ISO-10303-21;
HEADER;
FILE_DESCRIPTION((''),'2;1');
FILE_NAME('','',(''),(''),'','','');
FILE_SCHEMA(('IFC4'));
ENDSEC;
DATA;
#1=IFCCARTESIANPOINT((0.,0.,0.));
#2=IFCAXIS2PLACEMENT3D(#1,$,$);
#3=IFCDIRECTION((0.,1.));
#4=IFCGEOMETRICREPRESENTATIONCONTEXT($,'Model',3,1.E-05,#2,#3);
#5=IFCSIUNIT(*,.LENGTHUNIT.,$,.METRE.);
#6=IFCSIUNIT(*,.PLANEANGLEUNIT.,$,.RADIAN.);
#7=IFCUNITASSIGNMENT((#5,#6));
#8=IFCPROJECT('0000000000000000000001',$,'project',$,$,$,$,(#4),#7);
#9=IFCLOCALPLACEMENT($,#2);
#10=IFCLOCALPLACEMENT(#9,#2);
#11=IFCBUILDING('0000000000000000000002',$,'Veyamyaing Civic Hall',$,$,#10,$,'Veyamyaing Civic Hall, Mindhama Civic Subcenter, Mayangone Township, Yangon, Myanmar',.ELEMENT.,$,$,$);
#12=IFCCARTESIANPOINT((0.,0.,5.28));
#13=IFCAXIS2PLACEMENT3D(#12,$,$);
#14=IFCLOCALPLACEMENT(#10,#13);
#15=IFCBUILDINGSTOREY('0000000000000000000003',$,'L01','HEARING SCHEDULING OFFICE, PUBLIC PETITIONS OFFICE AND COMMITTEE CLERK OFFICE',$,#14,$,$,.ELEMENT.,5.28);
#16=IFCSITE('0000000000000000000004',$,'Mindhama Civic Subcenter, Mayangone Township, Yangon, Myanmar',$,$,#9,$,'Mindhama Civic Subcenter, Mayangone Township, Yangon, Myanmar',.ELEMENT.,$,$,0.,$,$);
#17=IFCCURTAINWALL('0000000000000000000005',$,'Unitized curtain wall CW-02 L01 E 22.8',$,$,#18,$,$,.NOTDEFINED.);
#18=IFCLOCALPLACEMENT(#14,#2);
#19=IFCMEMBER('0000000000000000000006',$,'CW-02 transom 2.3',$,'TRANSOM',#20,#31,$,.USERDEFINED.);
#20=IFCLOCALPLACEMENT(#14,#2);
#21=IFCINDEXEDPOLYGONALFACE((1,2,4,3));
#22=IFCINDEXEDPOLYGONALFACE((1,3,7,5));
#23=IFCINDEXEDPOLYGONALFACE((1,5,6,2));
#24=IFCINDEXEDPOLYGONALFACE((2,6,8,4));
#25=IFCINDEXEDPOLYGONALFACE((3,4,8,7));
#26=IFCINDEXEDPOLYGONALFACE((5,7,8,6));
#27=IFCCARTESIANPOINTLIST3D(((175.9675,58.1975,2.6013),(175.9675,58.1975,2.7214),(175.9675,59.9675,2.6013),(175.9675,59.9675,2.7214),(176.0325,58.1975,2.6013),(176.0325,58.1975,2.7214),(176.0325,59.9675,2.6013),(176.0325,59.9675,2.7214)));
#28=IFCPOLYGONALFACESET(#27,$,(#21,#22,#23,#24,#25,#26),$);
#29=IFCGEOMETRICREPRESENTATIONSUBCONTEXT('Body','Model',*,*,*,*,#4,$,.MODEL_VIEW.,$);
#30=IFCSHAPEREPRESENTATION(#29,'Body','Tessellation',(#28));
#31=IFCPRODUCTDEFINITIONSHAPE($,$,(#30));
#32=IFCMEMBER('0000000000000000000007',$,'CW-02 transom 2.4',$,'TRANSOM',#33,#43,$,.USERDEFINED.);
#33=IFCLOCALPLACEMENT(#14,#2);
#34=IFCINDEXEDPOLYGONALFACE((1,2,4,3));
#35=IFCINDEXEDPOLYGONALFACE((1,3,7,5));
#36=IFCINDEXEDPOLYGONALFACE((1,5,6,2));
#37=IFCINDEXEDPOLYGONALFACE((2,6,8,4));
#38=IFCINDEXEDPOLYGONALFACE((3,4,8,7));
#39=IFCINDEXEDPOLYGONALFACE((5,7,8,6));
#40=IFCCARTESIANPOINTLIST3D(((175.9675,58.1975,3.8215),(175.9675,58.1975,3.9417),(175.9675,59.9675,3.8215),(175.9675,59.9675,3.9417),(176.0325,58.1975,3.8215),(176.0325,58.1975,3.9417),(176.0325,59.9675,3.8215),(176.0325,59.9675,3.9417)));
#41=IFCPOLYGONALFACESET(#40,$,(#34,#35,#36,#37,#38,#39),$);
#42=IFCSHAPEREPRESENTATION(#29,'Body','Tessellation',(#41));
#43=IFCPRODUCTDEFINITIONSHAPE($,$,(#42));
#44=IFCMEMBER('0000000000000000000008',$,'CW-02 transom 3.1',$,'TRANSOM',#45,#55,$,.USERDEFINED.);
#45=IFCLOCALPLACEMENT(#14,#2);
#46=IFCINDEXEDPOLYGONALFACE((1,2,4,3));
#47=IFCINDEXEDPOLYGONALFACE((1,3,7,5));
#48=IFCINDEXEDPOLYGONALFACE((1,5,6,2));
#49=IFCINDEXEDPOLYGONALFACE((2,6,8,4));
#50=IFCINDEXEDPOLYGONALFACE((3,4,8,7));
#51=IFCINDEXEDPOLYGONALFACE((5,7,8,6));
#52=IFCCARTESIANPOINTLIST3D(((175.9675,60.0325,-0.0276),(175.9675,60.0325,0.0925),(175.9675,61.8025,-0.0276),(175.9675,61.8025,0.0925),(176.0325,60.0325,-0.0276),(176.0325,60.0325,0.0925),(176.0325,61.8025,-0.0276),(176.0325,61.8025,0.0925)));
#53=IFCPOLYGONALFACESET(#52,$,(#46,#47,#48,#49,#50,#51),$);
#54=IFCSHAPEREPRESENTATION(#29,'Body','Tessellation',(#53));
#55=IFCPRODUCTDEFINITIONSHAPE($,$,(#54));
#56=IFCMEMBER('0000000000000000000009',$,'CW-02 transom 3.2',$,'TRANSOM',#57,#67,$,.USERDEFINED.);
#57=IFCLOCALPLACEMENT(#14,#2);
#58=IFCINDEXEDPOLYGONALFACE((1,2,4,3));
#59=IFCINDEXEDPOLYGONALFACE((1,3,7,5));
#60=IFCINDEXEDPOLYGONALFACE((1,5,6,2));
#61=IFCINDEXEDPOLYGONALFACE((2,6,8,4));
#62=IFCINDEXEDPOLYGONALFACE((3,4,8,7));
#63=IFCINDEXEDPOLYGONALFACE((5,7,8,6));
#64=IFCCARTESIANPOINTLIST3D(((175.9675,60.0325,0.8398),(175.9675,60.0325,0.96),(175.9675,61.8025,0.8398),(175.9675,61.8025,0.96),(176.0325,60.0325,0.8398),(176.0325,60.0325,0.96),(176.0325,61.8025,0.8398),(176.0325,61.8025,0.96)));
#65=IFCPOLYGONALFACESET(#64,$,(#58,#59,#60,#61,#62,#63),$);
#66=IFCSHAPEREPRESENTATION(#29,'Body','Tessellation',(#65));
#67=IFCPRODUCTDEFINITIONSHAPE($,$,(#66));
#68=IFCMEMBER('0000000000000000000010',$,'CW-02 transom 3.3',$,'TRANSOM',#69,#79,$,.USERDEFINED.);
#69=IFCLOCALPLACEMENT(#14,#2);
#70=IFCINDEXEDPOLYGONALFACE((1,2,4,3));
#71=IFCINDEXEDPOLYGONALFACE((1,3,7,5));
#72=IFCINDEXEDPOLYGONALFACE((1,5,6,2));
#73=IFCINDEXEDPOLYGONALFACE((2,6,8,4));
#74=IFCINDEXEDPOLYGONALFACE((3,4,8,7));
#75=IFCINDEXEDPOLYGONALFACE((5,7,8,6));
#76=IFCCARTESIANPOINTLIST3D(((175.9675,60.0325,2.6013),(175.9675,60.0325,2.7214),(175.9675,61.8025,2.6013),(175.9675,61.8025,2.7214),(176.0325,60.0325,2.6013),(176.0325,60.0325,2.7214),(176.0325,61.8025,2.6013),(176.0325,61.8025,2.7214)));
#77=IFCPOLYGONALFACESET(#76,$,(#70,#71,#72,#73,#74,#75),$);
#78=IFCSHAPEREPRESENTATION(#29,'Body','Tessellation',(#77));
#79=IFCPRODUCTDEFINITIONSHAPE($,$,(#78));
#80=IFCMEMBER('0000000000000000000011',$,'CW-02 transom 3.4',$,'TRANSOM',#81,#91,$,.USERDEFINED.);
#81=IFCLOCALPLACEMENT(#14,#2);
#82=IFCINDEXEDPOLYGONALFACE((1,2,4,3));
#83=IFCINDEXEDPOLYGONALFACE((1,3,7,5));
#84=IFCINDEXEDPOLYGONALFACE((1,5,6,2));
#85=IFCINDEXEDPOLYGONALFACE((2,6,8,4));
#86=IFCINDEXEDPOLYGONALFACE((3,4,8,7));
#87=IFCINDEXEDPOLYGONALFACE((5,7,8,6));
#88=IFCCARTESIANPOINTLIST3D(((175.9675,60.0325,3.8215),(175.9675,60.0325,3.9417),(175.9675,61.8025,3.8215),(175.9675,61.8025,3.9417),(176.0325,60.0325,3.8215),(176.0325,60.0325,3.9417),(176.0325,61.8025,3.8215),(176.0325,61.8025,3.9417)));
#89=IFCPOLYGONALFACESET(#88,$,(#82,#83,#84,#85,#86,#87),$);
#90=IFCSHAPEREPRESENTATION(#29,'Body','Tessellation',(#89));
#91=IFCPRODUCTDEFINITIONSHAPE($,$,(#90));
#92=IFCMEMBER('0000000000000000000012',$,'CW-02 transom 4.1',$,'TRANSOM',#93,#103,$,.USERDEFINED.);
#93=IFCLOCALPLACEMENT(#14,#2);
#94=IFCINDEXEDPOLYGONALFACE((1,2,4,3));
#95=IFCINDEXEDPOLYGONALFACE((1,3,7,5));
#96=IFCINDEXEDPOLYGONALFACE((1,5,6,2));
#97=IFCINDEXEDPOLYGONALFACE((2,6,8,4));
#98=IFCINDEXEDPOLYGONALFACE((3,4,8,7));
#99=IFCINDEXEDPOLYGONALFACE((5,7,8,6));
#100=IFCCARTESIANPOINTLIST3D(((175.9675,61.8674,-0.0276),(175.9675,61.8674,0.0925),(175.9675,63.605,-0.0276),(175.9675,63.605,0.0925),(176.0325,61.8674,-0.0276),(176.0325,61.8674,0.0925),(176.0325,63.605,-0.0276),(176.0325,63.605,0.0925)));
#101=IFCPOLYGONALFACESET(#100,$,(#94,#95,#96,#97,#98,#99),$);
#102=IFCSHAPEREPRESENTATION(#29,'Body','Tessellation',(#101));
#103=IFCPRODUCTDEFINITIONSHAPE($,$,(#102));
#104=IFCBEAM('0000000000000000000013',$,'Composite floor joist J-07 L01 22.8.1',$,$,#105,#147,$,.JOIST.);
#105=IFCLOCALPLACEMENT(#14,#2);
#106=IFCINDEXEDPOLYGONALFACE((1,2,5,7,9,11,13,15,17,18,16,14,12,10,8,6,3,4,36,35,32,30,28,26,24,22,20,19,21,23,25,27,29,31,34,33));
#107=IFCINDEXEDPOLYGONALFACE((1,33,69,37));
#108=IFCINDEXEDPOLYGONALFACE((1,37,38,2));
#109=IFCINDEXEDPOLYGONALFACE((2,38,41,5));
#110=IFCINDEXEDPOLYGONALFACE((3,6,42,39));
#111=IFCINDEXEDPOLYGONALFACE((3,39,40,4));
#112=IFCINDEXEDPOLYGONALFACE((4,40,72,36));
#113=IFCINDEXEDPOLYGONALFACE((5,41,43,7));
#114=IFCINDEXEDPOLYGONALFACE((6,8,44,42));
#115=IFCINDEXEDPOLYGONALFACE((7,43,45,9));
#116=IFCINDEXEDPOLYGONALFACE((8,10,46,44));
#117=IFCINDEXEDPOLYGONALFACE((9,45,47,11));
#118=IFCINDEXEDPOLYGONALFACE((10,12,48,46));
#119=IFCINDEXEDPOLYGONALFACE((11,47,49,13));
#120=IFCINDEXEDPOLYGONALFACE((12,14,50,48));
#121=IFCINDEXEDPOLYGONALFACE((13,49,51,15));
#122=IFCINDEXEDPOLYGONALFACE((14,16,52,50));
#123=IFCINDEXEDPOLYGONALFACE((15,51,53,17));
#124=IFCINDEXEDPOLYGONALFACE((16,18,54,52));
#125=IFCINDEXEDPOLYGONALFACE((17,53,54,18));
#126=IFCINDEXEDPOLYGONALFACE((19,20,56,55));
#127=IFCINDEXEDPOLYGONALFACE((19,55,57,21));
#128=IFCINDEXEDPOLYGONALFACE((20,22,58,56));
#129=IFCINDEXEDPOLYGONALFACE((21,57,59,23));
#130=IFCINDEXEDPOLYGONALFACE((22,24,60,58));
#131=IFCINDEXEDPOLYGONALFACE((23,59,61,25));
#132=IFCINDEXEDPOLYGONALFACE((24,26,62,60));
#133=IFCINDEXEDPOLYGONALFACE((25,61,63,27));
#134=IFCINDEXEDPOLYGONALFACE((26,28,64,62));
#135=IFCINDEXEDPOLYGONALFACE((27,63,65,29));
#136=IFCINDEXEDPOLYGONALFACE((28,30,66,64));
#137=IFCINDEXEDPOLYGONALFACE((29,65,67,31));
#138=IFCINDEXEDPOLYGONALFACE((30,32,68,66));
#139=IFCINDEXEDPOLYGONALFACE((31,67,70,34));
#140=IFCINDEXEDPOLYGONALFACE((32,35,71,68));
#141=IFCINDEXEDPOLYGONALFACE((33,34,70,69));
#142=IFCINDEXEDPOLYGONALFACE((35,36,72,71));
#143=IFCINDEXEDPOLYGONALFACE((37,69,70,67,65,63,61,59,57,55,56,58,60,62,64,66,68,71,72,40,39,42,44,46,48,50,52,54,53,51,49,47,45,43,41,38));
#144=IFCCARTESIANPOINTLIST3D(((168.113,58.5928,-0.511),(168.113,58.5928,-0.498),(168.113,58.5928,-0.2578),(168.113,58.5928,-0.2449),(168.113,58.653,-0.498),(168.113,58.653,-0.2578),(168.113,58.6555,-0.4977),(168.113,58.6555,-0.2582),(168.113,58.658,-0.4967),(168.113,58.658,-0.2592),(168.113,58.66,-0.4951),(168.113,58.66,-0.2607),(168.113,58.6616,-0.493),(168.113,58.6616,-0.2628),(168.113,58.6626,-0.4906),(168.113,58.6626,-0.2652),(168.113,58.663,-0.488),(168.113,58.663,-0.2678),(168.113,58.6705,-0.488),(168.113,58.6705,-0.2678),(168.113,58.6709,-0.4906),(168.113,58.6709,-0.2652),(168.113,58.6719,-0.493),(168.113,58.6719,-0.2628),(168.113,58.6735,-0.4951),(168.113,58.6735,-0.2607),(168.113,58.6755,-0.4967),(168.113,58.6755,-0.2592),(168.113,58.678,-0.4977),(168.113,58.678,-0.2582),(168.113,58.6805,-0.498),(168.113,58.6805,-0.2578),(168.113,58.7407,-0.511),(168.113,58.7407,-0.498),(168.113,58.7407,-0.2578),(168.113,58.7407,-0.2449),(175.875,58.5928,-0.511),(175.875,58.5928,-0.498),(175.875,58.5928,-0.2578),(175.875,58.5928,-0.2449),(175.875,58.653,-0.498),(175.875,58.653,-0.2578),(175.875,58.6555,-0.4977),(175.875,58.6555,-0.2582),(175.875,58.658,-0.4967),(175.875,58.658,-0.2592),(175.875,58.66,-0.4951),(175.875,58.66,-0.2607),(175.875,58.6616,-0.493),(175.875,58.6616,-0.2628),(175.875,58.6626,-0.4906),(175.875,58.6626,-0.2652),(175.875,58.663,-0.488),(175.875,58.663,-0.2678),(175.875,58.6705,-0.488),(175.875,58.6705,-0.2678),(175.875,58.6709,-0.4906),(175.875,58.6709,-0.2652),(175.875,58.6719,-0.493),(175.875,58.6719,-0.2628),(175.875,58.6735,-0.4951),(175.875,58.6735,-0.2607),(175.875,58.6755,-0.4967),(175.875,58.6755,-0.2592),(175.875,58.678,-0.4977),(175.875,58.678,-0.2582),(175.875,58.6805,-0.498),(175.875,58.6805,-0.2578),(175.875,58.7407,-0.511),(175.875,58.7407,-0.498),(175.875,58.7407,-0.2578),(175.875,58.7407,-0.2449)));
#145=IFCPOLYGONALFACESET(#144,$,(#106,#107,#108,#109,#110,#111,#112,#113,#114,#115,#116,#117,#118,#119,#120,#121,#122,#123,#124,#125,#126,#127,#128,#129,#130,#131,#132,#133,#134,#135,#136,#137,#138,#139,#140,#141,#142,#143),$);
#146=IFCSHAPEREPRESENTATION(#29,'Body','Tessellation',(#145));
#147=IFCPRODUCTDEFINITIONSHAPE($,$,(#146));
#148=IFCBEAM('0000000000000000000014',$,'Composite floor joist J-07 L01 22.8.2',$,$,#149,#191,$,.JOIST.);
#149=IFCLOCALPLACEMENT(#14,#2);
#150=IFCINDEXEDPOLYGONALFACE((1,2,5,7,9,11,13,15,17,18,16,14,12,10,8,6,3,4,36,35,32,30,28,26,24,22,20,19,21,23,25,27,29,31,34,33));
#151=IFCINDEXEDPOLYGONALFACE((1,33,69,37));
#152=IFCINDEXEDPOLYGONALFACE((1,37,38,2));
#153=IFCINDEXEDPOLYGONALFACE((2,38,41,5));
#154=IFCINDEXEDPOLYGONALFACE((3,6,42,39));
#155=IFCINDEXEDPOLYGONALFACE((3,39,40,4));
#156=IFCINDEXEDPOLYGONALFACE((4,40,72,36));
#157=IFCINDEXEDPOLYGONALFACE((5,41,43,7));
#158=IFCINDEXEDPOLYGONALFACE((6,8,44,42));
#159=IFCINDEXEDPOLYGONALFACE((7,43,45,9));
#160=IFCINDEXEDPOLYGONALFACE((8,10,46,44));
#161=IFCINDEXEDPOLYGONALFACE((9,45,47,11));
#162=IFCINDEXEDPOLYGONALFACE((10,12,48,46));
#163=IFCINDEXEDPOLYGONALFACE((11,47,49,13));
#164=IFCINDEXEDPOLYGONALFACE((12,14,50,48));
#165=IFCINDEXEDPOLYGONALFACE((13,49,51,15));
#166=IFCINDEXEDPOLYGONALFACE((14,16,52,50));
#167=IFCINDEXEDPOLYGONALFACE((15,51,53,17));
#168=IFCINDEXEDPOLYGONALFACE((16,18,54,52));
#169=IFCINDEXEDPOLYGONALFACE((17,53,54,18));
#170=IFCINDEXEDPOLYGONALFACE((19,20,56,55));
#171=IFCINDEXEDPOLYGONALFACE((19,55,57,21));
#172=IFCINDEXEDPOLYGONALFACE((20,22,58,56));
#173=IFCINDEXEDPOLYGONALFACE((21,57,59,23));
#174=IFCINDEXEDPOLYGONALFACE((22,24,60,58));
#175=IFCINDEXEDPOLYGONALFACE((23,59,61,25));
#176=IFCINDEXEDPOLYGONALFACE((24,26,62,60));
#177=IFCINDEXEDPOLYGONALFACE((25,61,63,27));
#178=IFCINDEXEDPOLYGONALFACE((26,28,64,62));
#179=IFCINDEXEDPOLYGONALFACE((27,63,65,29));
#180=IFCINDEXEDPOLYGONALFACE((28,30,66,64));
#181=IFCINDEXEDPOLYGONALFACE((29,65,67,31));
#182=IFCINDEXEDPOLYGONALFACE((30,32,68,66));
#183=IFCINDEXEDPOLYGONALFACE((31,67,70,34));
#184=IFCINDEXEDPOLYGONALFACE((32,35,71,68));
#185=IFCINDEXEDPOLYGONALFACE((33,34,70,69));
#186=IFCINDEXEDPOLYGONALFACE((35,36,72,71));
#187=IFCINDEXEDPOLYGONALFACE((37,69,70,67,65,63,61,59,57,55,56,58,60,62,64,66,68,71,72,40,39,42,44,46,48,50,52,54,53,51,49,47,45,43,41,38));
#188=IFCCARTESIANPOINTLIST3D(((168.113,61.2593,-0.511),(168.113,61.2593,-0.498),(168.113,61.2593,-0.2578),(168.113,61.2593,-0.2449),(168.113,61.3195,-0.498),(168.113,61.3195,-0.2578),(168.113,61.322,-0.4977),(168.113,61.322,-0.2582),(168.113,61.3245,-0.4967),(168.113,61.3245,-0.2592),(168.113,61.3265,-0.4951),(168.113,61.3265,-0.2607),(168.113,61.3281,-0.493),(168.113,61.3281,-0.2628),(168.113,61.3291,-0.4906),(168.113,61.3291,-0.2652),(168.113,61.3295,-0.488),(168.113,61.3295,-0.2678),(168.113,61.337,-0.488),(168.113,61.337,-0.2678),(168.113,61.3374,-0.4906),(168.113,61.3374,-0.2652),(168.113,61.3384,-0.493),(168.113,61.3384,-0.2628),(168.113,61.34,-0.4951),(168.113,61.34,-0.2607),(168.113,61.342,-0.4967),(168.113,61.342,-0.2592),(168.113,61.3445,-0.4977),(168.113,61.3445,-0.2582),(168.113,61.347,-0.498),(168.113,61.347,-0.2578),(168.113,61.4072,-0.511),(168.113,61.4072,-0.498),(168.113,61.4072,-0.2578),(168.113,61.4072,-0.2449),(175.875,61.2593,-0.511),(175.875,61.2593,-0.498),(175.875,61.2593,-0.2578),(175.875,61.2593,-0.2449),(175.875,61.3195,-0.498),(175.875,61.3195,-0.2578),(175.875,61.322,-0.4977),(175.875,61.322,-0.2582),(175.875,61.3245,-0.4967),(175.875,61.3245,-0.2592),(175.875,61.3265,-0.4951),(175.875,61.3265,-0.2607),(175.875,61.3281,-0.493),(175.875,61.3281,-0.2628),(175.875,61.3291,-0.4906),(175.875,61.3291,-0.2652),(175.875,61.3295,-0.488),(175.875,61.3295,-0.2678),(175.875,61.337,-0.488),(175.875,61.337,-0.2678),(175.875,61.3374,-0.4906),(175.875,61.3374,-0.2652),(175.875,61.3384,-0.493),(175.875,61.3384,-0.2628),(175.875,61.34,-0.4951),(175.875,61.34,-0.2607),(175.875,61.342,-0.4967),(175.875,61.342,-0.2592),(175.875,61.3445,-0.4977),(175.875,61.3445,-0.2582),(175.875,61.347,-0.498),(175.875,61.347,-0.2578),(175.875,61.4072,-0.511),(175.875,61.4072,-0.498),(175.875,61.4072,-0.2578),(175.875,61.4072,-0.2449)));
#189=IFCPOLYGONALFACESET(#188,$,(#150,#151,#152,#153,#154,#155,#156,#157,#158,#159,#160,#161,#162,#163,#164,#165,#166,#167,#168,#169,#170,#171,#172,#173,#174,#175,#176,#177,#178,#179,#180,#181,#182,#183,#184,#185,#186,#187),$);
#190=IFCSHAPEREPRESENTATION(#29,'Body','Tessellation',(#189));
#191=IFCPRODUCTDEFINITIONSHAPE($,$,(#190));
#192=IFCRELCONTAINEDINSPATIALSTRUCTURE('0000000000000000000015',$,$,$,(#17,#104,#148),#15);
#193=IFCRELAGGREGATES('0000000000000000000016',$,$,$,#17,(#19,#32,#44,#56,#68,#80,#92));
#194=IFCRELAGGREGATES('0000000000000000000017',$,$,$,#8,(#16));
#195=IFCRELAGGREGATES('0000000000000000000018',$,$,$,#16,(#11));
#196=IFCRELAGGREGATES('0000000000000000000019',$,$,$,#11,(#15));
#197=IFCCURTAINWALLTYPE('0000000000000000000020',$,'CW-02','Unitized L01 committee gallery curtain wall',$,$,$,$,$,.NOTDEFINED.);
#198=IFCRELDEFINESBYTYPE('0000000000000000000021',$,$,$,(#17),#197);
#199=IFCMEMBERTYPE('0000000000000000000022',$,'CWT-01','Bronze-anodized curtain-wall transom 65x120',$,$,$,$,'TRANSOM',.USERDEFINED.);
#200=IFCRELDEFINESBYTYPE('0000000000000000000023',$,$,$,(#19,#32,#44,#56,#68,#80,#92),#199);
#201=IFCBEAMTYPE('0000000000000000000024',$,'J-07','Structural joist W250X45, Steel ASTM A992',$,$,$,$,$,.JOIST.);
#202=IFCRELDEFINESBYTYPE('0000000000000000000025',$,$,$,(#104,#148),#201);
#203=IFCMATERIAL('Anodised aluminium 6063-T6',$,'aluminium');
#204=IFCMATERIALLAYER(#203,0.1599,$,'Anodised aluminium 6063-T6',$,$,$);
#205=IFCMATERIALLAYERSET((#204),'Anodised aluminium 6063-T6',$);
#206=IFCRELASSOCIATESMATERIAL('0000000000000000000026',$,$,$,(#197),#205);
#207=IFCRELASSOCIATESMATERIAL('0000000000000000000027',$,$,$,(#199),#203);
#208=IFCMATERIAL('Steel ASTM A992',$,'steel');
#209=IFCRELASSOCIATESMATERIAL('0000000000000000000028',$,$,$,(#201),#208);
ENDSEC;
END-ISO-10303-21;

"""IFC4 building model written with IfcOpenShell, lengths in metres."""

from ifc_helpers import new_model, si_unit, direction, frame, origin, origin_2d, place, context, subcontext, project, spatial, rectangle, i_section, extrude, material, layer, layer_set, material_profile, profile_set, type_object, element, aggregate, save


model = new_model("IFC4")

# Units and contexts
model_context = context("Model", 3, precision=1e-05, world=origin(), true_north=direction((0.0, 1.0)))
body_context = subcontext(model_context, "Body", "Model", "MODEL_VIEW")
ifc_project = project(units=[si_unit("LENGTHUNIT", "METRE"), si_unit("PLANEANGLEUNIT", "RADIAN")], contexts=[model_context])

# Site, building, storey
site_placement = place(None, origin())
site = spatial("IfcSite", under=ifc_project, at=site_placement, Name="Mindhama Civic Subcenter, Mayangone Township, Yangon, Myanmar", LongName="Mindhama Civic Subcenter, Mayangone Township, Yangon, Myanmar", CompositionType="ELEMENT", RefElevation=0.0)
building_placement = place(site_placement, origin())
building = spatial("IfcBuilding", under=site, at=building_placement, Name="Veyamyaing Civic Hall", LongName="Veyamyaing Civic Hall, Mindhama Civic Subcenter, Mayangone Township, Yangon, Myanmar", CompositionType="ELEMENT")
storey_placement = place(building_placement, frame((0.0, 0.0, 5.28)))
storey = spatial("IfcBuildingStorey", under=building, at=storey_placement, Name="L01", Description="HEARING SCHEDULING OFFICE, PUBLIC PETITIONS OFFICE AND COMMITTEE CLERK OFFICE", CompositionType="ELEMENT", Elevation=5.28)

# Curtain wall
ifc_material_1 = material(Name="Anodised aluminium 6063-T6", Category="aluminium")
ifc_layer_1 = layer(ifc_material_1, 0.1599, Name="Anodised aluminium 6063-T6")
ifc_layer_set_1 = layer_set([ifc_layer_1], Name="Anodised aluminium 6063-T6")
curtain_wall_type = type_object("IfcCurtainWallType", Name="CW-02", Description="Unitized L01 committee gallery curtain wall", PredefinedType="NOTDEFINED", material=ifc_layer_set_1)
curtain_wall_1_placement = place(storey_placement, origin())
curtain_wall_1 = element("IfcCurtainWall", 1, at=curtain_wall_1_placement, inside=storey, type_object=curtain_wall_type, Name="Unitized curtain wall CW-02 L01 E 22.8", PredefinedType="NOTDEFINED")

# Members
ifc_material_profile_1 = material_profile(ifc_material_1, rectangle(XDim=0.0649, YDim=0.1201, at=origin_2d()), Name="ALU-TRN-65X120")
ifc_profile_set_1 = profile_set([ifc_material_profile_1], Name="Anodised aluminium 6063-T6")
member_type_1 = type_object("IfcMemberType", Name="CWT-01", Description="Bronze-anodized curtain-wall transom 65x120", ElementType="TRANSOM", PredefinedType="USERDEFINED", material=ifc_profile_set_1)
member_1_placement = place(storey_placement, frame((176.0, 58.1975, 2.6614), z_axis=(0.0, 1.0, 0.0), x_axis=(-1.0, 0.0, 0.0)))
member_1 = element("IfcMember", 2, at=member_1_placement, type_object=member_type_1, Name="CW-02 transom 2.3", ObjectType="TRANSOM", PredefinedType="USERDEFINED", context=body_context, shape_type="SweptSolid", body=[
    extrude(rectangle(XDim=0.0649, YDim=0.1201, at=origin_2d()), origin(), (0.0, 0.0, 1.0), 1.77),
])
member_2_placement = place(storey_placement, frame((176.0, 58.1975, 3.8816), z_axis=(0.0, 1.0, 0.0), x_axis=(-1.0, 0.0, 0.0)))
member_2 = element("IfcMember", 3, at=member_2_placement, type_object=member_type_1, Name="CW-02 transom 2.4", ObjectType="TRANSOM", PredefinedType="USERDEFINED", context=body_context, shape_type="SweptSolid", body=[
    extrude(rectangle(XDim=0.0649, YDim=0.1201, at=origin_2d()), origin(), (0.0, 0.0, 1.0), 1.77),
])
member_3_placement = place(storey_placement, frame((176.0, 60.0325, 0.0325), z_axis=(0.0, 1.0, 0.0), x_axis=(-1.0, 0.0, 0.0)))
member_3 = element("IfcMember", 4, at=member_3_placement, type_object=member_type_1, Name="CW-02 transom 3.1", ObjectType="TRANSOM", PredefinedType="USERDEFINED", context=body_context, shape_type="SweptSolid", body=[
    extrude(rectangle(XDim=0.0649, YDim=0.1201, at=origin_2d()), origin(), (0.0, 0.0, 1.0), 1.77),
])
member_4_placement = place(storey_placement, frame((176.0, 60.0325, 0.8999), z_axis=(0.0, 1.0, 0.0), x_axis=(-1.0, 0.0, 0.0)))
member_4 = element("IfcMember", 5, at=member_4_placement, type_object=member_type_1, Name="CW-02 transom 3.2", ObjectType="TRANSOM", PredefinedType="USERDEFINED", context=body_context, shape_type="SweptSolid", body=[
    extrude(rectangle(XDim=0.0649, YDim=0.1201, at=origin_2d()), origin(), (0.0, 0.0, 1.0), 1.77),
])
member_5_placement = place(storey_placement, frame((176.0, 60.0325, 2.6614), z_axis=(0.0, 1.0, 0.0), x_axis=(-1.0, 0.0, 0.0)))
member_5 = element("IfcMember", 6, at=member_5_placement, type_object=member_type_1, Name="CW-02 transom 3.3", ObjectType="TRANSOM", PredefinedType="USERDEFINED", context=body_context, shape_type="SweptSolid", body=[
    extrude(rectangle(XDim=0.0649, YDim=0.1201, at=origin_2d()), origin(), (0.0, 0.0, 1.0), 1.77),
])
member_6_placement = place(storey_placement, frame((176.0, 60.0325, 3.8816), z_axis=(0.0, 1.0, 0.0), x_axis=(-1.0, 0.0, 0.0)))
member_6 = element("IfcMember", 7, at=member_6_placement, type_object=member_type_1, Name="CW-02 transom 3.4", ObjectType="TRANSOM", PredefinedType="USERDEFINED", context=body_context, shape_type="SweptSolid", body=[
    extrude(rectangle(XDim=0.0649, YDim=0.1201, at=origin_2d()), origin(), (0.0, 0.0, 1.0), 1.77),
])
member_7_placement = place(storey_placement, frame((176.0, 61.8674, 0.0325), z_axis=(0.0, 1.0, 0.0), x_axis=(-1.0, 0.0, 0.0)))
member_7 = element("IfcMember", 8, at=member_7_placement, type_object=member_type_1, Name="CW-02 transom 4.1", ObjectType="TRANSOM", PredefinedType="USERDEFINED", context=body_context, shape_type="SweptSolid", body=[
    extrude(rectangle(XDim=0.0649, YDim=0.1201, at=origin_2d()), origin(), (0.0, 0.0, 1.0), 1.7375),
])

# Beams
ifc_material_2 = material(Name="Steel ASTM A992", Category="steel")
ifc_material_profile_2 = material_profile(ifc_material_2, i_section(OverallWidth=0.1479, OverallDepth=0.2661, WebThickness=0.0076, FlangeThickness=0.0129, FilletRadius=0.01, at=origin_2d()), Name="W250X45")
ifc_profile_set_2 = profile_set([ifc_material_profile_2], Name="Steel ASTM A992")
beam_type = type_object("IfcBeamType", Name="J-07", Description="Structural joist W250X45, Steel ASTM A992", PredefinedType="JOIST", material=ifc_profile_set_2)
for number, where, z_axis, x_axis, name in (
    (9, (168.113, 58.6667, -0.3779), (1.0, 0.0, 0.0), (0.0, 1.0, 0.0), "Composite floor joist J-07 L01 22.8.1"),
    (10, (168.113, 61.3333, -0.3779), (1.0, 0.0, 0.0), (0.0, 1.0, 0.0), "Composite floor joist J-07 L01 22.8.2"),
):
    element("IfcBeam", number, at=place(storey_placement, frame(where, z_axis=z_axis, x_axis=x_axis)), inside=storey, type_object=beam_type, Name=name, PredefinedType="JOIST", context=body_context, shape_type="SweptSolid", body=[
        extrude(i_section(OverallWidth=0.1479, OverallDepth=0.2661, WebThickness=0.0076, FlangeThickness=0.0129, FilletRadius=0.01, at=origin_2d()), origin(), (0.0, 0.0, 1.0), 7.762),
    ])

aggregate(curtain_wall_1, [member_1, member_2, member_3, member_4, member_5, member_6, member_7])

save(model, "model.ifc")
